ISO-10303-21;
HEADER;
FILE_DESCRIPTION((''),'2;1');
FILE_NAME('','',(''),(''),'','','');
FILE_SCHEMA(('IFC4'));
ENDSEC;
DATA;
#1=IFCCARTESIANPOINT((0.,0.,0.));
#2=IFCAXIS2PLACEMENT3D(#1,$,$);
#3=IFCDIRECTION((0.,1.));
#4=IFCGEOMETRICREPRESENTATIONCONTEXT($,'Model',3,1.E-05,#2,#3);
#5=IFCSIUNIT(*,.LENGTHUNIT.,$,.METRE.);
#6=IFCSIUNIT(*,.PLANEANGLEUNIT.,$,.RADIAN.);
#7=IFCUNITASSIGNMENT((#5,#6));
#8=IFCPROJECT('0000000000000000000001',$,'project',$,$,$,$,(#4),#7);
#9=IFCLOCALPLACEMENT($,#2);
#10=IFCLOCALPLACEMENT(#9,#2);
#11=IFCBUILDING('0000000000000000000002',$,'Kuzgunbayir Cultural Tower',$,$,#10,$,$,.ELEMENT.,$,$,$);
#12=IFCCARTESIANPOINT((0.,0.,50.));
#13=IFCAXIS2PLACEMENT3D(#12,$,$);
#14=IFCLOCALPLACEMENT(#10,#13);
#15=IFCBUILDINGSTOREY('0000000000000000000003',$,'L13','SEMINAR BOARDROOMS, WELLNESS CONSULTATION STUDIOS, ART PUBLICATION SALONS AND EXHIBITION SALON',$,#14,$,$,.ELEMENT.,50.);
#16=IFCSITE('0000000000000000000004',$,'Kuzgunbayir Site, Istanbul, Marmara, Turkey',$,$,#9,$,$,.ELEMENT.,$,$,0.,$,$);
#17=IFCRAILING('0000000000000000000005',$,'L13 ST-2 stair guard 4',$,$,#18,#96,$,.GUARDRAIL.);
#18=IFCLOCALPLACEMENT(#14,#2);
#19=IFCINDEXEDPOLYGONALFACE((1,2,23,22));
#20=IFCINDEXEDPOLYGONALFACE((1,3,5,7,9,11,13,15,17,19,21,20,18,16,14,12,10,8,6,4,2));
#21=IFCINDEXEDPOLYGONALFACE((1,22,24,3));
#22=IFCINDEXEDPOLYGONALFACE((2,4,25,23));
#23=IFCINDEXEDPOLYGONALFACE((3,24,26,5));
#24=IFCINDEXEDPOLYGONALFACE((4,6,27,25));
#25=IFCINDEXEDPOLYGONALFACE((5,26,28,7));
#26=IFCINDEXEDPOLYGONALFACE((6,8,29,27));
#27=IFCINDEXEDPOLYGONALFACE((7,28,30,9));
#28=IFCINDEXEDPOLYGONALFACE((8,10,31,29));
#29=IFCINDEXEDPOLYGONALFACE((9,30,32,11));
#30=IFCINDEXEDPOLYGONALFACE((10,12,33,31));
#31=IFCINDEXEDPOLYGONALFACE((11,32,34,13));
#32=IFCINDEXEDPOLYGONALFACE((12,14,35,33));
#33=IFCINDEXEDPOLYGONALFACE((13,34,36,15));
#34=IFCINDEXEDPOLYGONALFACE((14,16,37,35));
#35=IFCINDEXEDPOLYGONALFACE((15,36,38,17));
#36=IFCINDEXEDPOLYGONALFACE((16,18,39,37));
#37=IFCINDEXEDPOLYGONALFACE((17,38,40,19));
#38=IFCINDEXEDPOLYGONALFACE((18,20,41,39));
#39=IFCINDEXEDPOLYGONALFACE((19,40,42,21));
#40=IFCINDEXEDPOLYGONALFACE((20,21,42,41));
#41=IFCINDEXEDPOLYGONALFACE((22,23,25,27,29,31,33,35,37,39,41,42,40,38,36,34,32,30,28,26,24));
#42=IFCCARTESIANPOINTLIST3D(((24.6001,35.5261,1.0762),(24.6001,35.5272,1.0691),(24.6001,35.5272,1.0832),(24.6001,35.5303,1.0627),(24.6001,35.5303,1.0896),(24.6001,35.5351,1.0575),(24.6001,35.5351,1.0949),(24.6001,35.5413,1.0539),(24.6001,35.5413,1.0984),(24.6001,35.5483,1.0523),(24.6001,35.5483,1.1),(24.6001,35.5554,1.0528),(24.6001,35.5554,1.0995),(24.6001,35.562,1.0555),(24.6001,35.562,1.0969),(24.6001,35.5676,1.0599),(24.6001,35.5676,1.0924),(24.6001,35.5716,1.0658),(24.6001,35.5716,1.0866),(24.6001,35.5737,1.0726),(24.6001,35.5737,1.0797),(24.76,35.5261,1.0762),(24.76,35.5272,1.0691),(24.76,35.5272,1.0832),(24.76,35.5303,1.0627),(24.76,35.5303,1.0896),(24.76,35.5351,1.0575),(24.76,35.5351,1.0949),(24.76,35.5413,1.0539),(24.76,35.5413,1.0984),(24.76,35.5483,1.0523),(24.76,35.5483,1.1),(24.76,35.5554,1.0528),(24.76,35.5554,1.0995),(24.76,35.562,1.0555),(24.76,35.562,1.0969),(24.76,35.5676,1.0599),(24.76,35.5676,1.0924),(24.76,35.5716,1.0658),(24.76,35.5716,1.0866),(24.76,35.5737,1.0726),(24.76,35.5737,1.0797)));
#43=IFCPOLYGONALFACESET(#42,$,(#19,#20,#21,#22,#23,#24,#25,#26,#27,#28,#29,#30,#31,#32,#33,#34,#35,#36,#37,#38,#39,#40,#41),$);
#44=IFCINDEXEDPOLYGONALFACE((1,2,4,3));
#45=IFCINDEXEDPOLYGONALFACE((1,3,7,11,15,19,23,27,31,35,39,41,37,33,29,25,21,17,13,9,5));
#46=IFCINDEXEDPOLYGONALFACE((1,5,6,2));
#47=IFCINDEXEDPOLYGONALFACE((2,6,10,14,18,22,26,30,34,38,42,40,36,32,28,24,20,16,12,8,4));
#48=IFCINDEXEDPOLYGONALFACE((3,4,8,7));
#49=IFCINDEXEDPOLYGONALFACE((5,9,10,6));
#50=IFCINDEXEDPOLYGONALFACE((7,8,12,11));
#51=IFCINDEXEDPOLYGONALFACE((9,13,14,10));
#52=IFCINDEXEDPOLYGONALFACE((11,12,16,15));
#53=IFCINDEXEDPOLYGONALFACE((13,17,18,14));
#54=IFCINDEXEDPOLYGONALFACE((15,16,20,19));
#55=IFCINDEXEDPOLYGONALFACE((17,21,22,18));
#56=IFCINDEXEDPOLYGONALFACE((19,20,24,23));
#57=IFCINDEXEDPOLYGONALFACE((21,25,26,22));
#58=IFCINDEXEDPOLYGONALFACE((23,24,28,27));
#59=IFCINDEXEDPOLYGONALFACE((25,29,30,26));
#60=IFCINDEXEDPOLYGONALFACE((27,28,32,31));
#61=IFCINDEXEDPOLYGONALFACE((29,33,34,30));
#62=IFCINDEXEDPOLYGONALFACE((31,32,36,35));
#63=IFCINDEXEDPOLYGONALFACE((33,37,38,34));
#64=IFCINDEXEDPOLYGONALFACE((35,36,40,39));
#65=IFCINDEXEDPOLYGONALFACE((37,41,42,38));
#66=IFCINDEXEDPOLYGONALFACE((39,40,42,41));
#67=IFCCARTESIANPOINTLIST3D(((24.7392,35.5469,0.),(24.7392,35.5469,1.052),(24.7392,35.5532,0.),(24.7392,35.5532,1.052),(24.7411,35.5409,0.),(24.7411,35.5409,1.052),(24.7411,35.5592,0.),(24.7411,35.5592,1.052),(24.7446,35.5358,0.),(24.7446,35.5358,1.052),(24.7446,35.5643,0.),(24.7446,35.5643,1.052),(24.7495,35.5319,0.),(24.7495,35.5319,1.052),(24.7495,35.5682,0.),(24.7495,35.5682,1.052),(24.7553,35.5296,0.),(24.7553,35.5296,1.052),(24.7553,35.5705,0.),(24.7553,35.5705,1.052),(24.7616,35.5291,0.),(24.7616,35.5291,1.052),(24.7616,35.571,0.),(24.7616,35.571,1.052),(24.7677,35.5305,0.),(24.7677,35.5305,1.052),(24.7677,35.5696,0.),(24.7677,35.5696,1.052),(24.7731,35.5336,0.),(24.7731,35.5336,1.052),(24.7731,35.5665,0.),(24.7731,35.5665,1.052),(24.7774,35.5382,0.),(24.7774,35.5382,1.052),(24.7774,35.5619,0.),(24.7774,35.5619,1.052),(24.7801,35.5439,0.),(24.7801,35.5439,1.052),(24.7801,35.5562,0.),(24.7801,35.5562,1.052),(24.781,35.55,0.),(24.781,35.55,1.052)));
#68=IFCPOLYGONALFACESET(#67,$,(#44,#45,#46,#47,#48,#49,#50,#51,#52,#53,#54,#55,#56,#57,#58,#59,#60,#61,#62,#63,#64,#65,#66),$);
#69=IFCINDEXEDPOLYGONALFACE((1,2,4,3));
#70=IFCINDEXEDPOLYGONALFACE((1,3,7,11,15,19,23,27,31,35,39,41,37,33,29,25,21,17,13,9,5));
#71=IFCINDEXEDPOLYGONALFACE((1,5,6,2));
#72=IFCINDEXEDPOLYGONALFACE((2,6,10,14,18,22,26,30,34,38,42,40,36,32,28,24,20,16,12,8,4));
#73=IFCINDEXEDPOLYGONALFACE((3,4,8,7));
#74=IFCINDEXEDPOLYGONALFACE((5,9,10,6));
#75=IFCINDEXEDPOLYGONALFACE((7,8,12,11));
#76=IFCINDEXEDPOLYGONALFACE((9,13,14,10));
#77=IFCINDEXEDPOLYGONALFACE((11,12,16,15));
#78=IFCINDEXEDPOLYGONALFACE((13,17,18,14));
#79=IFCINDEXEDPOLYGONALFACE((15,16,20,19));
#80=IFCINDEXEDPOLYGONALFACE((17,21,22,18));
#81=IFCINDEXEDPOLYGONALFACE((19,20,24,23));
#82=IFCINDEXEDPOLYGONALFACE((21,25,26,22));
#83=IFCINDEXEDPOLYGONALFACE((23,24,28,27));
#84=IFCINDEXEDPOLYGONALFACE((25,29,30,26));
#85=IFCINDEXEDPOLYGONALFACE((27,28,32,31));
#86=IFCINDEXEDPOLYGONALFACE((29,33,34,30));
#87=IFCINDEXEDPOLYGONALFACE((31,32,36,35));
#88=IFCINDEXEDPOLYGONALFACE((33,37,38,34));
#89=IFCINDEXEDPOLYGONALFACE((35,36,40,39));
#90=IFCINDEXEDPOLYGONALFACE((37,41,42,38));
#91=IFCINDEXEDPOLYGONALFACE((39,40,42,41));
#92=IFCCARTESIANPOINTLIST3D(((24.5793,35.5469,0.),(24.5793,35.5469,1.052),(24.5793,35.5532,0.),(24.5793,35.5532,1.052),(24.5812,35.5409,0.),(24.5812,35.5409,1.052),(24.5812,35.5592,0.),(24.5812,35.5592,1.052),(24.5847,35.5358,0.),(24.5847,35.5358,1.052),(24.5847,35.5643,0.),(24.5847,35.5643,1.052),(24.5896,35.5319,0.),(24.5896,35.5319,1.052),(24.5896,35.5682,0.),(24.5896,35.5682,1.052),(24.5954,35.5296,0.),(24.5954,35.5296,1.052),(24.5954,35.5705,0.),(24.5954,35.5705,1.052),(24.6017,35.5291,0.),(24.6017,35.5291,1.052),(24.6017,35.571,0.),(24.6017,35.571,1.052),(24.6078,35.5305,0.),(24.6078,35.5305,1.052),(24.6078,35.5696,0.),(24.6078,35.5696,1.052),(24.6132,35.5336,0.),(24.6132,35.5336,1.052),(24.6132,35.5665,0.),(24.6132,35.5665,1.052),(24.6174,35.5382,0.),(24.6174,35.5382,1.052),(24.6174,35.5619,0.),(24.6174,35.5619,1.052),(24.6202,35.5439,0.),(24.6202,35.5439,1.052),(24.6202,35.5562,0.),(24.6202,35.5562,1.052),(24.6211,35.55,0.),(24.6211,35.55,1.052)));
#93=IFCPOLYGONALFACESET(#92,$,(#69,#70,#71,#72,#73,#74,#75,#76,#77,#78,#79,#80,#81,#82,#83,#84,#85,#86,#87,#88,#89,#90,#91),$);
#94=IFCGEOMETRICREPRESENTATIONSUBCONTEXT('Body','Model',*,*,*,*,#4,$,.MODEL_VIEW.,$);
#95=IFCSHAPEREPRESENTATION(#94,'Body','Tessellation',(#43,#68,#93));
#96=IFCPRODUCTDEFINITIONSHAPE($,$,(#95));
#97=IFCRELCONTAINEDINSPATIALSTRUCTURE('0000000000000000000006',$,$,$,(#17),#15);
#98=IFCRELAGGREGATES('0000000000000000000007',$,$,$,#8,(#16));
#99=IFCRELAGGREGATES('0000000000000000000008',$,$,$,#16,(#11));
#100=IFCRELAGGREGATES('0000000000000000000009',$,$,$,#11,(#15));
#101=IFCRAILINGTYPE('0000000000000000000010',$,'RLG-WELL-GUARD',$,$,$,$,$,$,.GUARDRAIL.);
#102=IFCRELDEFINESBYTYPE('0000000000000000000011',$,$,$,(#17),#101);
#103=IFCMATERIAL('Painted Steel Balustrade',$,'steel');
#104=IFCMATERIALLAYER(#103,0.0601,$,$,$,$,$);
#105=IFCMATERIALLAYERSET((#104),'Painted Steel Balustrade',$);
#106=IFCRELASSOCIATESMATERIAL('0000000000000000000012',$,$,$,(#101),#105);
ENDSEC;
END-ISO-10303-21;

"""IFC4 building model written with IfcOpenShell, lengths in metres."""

from ifc_helpers import new_model, si_unit, direction, frame, origin, origin_2d, place, context, subcontext, project, spatial, circle, extrude, material, layer, layer_set, type_object, element, save


model = new_model("IFC4")

# Units and contexts
model_context = context("Model", 3, precision=1e-05, world=origin(), true_north=direction((0.0, 1.0)))
body_context = subcontext(model_context, "Body", "Model", "MODEL_VIEW")
ifc_project = project(units=[si_unit("LENGTHUNIT", "METRE"), si_unit("PLANEANGLEUNIT", "RADIAN")], contexts=[model_context])

# Site, building, storey
site_placement = place(None, origin())
site = spatial("IfcSite", under=ifc_project, at=site_placement, Name="Kuzgunbayir Site, Istanbul, Marmara, Turkey", CompositionType="ELEMENT", RefElevation=0.0)
building_placement = place(site_placement, origin())
building = spatial("IfcBuilding", under=site, at=building_placement, Name="Kuzgunbayir Cultural Tower", CompositionType="ELEMENT")
storey_placement = place(building_placement, frame((0.0, 0.0, 50.0)))
storey = spatial("IfcBuildingStorey", under=building, at=storey_placement, Name="L13", Description="SEMINAR BOARDROOMS, WELLNESS CONSULTATION STUDIOS, ART PUBLICATION SALONS AND EXHIBITION SALON", CompositionType="ELEMENT", Elevation=50.0)

# Railing
ifc_material_1 = material(Name="Painted Steel Balustrade", Category="steel")
ifc_layer_1 = layer(ifc_material_1, 0.0601)
ifc_layer_set_1 = layer_set([ifc_layer_1], Name="Painted Steel Balustrade")
railing_type_1 = type_object("IfcRailingType", Name="RLG-WELL-GUARD", PredefinedType="GUARDRAIL", material=ifc_layer_set_1)
railing_1_placement = place(storey_placement, frame((24.76, 35.55, 0.0)))
element("IfcRailing", 1, at=railing_1_placement, inside=storey, type_object=railing_type_1, Name="L13 ST-2 stair guard 4", PredefinedType="GUARDRAIL", context=body_context, shape_type="SweptSolid", body=[
    extrude(circle(Radius=0.0239, at=origin_2d()), frame((0.0, 0.0, 1.0762), z_axis=(-1.0, 0.0, 0.0), x_axis=(0.0, -1.0, 0.0)), (0.0, 0.0, 1.0), 0.1599),
    extrude(circle(Radius=0.021, at=origin_2d()), origin(), (0.0, 0.0, 1.0), 1.052),
    extrude(circle(Radius=0.021, at=origin_2d()), frame((-0.1599, 0.0, 0.0)), (0.0, 0.0, 1.0), 1.052),
])

save(model, "model.ifc")
